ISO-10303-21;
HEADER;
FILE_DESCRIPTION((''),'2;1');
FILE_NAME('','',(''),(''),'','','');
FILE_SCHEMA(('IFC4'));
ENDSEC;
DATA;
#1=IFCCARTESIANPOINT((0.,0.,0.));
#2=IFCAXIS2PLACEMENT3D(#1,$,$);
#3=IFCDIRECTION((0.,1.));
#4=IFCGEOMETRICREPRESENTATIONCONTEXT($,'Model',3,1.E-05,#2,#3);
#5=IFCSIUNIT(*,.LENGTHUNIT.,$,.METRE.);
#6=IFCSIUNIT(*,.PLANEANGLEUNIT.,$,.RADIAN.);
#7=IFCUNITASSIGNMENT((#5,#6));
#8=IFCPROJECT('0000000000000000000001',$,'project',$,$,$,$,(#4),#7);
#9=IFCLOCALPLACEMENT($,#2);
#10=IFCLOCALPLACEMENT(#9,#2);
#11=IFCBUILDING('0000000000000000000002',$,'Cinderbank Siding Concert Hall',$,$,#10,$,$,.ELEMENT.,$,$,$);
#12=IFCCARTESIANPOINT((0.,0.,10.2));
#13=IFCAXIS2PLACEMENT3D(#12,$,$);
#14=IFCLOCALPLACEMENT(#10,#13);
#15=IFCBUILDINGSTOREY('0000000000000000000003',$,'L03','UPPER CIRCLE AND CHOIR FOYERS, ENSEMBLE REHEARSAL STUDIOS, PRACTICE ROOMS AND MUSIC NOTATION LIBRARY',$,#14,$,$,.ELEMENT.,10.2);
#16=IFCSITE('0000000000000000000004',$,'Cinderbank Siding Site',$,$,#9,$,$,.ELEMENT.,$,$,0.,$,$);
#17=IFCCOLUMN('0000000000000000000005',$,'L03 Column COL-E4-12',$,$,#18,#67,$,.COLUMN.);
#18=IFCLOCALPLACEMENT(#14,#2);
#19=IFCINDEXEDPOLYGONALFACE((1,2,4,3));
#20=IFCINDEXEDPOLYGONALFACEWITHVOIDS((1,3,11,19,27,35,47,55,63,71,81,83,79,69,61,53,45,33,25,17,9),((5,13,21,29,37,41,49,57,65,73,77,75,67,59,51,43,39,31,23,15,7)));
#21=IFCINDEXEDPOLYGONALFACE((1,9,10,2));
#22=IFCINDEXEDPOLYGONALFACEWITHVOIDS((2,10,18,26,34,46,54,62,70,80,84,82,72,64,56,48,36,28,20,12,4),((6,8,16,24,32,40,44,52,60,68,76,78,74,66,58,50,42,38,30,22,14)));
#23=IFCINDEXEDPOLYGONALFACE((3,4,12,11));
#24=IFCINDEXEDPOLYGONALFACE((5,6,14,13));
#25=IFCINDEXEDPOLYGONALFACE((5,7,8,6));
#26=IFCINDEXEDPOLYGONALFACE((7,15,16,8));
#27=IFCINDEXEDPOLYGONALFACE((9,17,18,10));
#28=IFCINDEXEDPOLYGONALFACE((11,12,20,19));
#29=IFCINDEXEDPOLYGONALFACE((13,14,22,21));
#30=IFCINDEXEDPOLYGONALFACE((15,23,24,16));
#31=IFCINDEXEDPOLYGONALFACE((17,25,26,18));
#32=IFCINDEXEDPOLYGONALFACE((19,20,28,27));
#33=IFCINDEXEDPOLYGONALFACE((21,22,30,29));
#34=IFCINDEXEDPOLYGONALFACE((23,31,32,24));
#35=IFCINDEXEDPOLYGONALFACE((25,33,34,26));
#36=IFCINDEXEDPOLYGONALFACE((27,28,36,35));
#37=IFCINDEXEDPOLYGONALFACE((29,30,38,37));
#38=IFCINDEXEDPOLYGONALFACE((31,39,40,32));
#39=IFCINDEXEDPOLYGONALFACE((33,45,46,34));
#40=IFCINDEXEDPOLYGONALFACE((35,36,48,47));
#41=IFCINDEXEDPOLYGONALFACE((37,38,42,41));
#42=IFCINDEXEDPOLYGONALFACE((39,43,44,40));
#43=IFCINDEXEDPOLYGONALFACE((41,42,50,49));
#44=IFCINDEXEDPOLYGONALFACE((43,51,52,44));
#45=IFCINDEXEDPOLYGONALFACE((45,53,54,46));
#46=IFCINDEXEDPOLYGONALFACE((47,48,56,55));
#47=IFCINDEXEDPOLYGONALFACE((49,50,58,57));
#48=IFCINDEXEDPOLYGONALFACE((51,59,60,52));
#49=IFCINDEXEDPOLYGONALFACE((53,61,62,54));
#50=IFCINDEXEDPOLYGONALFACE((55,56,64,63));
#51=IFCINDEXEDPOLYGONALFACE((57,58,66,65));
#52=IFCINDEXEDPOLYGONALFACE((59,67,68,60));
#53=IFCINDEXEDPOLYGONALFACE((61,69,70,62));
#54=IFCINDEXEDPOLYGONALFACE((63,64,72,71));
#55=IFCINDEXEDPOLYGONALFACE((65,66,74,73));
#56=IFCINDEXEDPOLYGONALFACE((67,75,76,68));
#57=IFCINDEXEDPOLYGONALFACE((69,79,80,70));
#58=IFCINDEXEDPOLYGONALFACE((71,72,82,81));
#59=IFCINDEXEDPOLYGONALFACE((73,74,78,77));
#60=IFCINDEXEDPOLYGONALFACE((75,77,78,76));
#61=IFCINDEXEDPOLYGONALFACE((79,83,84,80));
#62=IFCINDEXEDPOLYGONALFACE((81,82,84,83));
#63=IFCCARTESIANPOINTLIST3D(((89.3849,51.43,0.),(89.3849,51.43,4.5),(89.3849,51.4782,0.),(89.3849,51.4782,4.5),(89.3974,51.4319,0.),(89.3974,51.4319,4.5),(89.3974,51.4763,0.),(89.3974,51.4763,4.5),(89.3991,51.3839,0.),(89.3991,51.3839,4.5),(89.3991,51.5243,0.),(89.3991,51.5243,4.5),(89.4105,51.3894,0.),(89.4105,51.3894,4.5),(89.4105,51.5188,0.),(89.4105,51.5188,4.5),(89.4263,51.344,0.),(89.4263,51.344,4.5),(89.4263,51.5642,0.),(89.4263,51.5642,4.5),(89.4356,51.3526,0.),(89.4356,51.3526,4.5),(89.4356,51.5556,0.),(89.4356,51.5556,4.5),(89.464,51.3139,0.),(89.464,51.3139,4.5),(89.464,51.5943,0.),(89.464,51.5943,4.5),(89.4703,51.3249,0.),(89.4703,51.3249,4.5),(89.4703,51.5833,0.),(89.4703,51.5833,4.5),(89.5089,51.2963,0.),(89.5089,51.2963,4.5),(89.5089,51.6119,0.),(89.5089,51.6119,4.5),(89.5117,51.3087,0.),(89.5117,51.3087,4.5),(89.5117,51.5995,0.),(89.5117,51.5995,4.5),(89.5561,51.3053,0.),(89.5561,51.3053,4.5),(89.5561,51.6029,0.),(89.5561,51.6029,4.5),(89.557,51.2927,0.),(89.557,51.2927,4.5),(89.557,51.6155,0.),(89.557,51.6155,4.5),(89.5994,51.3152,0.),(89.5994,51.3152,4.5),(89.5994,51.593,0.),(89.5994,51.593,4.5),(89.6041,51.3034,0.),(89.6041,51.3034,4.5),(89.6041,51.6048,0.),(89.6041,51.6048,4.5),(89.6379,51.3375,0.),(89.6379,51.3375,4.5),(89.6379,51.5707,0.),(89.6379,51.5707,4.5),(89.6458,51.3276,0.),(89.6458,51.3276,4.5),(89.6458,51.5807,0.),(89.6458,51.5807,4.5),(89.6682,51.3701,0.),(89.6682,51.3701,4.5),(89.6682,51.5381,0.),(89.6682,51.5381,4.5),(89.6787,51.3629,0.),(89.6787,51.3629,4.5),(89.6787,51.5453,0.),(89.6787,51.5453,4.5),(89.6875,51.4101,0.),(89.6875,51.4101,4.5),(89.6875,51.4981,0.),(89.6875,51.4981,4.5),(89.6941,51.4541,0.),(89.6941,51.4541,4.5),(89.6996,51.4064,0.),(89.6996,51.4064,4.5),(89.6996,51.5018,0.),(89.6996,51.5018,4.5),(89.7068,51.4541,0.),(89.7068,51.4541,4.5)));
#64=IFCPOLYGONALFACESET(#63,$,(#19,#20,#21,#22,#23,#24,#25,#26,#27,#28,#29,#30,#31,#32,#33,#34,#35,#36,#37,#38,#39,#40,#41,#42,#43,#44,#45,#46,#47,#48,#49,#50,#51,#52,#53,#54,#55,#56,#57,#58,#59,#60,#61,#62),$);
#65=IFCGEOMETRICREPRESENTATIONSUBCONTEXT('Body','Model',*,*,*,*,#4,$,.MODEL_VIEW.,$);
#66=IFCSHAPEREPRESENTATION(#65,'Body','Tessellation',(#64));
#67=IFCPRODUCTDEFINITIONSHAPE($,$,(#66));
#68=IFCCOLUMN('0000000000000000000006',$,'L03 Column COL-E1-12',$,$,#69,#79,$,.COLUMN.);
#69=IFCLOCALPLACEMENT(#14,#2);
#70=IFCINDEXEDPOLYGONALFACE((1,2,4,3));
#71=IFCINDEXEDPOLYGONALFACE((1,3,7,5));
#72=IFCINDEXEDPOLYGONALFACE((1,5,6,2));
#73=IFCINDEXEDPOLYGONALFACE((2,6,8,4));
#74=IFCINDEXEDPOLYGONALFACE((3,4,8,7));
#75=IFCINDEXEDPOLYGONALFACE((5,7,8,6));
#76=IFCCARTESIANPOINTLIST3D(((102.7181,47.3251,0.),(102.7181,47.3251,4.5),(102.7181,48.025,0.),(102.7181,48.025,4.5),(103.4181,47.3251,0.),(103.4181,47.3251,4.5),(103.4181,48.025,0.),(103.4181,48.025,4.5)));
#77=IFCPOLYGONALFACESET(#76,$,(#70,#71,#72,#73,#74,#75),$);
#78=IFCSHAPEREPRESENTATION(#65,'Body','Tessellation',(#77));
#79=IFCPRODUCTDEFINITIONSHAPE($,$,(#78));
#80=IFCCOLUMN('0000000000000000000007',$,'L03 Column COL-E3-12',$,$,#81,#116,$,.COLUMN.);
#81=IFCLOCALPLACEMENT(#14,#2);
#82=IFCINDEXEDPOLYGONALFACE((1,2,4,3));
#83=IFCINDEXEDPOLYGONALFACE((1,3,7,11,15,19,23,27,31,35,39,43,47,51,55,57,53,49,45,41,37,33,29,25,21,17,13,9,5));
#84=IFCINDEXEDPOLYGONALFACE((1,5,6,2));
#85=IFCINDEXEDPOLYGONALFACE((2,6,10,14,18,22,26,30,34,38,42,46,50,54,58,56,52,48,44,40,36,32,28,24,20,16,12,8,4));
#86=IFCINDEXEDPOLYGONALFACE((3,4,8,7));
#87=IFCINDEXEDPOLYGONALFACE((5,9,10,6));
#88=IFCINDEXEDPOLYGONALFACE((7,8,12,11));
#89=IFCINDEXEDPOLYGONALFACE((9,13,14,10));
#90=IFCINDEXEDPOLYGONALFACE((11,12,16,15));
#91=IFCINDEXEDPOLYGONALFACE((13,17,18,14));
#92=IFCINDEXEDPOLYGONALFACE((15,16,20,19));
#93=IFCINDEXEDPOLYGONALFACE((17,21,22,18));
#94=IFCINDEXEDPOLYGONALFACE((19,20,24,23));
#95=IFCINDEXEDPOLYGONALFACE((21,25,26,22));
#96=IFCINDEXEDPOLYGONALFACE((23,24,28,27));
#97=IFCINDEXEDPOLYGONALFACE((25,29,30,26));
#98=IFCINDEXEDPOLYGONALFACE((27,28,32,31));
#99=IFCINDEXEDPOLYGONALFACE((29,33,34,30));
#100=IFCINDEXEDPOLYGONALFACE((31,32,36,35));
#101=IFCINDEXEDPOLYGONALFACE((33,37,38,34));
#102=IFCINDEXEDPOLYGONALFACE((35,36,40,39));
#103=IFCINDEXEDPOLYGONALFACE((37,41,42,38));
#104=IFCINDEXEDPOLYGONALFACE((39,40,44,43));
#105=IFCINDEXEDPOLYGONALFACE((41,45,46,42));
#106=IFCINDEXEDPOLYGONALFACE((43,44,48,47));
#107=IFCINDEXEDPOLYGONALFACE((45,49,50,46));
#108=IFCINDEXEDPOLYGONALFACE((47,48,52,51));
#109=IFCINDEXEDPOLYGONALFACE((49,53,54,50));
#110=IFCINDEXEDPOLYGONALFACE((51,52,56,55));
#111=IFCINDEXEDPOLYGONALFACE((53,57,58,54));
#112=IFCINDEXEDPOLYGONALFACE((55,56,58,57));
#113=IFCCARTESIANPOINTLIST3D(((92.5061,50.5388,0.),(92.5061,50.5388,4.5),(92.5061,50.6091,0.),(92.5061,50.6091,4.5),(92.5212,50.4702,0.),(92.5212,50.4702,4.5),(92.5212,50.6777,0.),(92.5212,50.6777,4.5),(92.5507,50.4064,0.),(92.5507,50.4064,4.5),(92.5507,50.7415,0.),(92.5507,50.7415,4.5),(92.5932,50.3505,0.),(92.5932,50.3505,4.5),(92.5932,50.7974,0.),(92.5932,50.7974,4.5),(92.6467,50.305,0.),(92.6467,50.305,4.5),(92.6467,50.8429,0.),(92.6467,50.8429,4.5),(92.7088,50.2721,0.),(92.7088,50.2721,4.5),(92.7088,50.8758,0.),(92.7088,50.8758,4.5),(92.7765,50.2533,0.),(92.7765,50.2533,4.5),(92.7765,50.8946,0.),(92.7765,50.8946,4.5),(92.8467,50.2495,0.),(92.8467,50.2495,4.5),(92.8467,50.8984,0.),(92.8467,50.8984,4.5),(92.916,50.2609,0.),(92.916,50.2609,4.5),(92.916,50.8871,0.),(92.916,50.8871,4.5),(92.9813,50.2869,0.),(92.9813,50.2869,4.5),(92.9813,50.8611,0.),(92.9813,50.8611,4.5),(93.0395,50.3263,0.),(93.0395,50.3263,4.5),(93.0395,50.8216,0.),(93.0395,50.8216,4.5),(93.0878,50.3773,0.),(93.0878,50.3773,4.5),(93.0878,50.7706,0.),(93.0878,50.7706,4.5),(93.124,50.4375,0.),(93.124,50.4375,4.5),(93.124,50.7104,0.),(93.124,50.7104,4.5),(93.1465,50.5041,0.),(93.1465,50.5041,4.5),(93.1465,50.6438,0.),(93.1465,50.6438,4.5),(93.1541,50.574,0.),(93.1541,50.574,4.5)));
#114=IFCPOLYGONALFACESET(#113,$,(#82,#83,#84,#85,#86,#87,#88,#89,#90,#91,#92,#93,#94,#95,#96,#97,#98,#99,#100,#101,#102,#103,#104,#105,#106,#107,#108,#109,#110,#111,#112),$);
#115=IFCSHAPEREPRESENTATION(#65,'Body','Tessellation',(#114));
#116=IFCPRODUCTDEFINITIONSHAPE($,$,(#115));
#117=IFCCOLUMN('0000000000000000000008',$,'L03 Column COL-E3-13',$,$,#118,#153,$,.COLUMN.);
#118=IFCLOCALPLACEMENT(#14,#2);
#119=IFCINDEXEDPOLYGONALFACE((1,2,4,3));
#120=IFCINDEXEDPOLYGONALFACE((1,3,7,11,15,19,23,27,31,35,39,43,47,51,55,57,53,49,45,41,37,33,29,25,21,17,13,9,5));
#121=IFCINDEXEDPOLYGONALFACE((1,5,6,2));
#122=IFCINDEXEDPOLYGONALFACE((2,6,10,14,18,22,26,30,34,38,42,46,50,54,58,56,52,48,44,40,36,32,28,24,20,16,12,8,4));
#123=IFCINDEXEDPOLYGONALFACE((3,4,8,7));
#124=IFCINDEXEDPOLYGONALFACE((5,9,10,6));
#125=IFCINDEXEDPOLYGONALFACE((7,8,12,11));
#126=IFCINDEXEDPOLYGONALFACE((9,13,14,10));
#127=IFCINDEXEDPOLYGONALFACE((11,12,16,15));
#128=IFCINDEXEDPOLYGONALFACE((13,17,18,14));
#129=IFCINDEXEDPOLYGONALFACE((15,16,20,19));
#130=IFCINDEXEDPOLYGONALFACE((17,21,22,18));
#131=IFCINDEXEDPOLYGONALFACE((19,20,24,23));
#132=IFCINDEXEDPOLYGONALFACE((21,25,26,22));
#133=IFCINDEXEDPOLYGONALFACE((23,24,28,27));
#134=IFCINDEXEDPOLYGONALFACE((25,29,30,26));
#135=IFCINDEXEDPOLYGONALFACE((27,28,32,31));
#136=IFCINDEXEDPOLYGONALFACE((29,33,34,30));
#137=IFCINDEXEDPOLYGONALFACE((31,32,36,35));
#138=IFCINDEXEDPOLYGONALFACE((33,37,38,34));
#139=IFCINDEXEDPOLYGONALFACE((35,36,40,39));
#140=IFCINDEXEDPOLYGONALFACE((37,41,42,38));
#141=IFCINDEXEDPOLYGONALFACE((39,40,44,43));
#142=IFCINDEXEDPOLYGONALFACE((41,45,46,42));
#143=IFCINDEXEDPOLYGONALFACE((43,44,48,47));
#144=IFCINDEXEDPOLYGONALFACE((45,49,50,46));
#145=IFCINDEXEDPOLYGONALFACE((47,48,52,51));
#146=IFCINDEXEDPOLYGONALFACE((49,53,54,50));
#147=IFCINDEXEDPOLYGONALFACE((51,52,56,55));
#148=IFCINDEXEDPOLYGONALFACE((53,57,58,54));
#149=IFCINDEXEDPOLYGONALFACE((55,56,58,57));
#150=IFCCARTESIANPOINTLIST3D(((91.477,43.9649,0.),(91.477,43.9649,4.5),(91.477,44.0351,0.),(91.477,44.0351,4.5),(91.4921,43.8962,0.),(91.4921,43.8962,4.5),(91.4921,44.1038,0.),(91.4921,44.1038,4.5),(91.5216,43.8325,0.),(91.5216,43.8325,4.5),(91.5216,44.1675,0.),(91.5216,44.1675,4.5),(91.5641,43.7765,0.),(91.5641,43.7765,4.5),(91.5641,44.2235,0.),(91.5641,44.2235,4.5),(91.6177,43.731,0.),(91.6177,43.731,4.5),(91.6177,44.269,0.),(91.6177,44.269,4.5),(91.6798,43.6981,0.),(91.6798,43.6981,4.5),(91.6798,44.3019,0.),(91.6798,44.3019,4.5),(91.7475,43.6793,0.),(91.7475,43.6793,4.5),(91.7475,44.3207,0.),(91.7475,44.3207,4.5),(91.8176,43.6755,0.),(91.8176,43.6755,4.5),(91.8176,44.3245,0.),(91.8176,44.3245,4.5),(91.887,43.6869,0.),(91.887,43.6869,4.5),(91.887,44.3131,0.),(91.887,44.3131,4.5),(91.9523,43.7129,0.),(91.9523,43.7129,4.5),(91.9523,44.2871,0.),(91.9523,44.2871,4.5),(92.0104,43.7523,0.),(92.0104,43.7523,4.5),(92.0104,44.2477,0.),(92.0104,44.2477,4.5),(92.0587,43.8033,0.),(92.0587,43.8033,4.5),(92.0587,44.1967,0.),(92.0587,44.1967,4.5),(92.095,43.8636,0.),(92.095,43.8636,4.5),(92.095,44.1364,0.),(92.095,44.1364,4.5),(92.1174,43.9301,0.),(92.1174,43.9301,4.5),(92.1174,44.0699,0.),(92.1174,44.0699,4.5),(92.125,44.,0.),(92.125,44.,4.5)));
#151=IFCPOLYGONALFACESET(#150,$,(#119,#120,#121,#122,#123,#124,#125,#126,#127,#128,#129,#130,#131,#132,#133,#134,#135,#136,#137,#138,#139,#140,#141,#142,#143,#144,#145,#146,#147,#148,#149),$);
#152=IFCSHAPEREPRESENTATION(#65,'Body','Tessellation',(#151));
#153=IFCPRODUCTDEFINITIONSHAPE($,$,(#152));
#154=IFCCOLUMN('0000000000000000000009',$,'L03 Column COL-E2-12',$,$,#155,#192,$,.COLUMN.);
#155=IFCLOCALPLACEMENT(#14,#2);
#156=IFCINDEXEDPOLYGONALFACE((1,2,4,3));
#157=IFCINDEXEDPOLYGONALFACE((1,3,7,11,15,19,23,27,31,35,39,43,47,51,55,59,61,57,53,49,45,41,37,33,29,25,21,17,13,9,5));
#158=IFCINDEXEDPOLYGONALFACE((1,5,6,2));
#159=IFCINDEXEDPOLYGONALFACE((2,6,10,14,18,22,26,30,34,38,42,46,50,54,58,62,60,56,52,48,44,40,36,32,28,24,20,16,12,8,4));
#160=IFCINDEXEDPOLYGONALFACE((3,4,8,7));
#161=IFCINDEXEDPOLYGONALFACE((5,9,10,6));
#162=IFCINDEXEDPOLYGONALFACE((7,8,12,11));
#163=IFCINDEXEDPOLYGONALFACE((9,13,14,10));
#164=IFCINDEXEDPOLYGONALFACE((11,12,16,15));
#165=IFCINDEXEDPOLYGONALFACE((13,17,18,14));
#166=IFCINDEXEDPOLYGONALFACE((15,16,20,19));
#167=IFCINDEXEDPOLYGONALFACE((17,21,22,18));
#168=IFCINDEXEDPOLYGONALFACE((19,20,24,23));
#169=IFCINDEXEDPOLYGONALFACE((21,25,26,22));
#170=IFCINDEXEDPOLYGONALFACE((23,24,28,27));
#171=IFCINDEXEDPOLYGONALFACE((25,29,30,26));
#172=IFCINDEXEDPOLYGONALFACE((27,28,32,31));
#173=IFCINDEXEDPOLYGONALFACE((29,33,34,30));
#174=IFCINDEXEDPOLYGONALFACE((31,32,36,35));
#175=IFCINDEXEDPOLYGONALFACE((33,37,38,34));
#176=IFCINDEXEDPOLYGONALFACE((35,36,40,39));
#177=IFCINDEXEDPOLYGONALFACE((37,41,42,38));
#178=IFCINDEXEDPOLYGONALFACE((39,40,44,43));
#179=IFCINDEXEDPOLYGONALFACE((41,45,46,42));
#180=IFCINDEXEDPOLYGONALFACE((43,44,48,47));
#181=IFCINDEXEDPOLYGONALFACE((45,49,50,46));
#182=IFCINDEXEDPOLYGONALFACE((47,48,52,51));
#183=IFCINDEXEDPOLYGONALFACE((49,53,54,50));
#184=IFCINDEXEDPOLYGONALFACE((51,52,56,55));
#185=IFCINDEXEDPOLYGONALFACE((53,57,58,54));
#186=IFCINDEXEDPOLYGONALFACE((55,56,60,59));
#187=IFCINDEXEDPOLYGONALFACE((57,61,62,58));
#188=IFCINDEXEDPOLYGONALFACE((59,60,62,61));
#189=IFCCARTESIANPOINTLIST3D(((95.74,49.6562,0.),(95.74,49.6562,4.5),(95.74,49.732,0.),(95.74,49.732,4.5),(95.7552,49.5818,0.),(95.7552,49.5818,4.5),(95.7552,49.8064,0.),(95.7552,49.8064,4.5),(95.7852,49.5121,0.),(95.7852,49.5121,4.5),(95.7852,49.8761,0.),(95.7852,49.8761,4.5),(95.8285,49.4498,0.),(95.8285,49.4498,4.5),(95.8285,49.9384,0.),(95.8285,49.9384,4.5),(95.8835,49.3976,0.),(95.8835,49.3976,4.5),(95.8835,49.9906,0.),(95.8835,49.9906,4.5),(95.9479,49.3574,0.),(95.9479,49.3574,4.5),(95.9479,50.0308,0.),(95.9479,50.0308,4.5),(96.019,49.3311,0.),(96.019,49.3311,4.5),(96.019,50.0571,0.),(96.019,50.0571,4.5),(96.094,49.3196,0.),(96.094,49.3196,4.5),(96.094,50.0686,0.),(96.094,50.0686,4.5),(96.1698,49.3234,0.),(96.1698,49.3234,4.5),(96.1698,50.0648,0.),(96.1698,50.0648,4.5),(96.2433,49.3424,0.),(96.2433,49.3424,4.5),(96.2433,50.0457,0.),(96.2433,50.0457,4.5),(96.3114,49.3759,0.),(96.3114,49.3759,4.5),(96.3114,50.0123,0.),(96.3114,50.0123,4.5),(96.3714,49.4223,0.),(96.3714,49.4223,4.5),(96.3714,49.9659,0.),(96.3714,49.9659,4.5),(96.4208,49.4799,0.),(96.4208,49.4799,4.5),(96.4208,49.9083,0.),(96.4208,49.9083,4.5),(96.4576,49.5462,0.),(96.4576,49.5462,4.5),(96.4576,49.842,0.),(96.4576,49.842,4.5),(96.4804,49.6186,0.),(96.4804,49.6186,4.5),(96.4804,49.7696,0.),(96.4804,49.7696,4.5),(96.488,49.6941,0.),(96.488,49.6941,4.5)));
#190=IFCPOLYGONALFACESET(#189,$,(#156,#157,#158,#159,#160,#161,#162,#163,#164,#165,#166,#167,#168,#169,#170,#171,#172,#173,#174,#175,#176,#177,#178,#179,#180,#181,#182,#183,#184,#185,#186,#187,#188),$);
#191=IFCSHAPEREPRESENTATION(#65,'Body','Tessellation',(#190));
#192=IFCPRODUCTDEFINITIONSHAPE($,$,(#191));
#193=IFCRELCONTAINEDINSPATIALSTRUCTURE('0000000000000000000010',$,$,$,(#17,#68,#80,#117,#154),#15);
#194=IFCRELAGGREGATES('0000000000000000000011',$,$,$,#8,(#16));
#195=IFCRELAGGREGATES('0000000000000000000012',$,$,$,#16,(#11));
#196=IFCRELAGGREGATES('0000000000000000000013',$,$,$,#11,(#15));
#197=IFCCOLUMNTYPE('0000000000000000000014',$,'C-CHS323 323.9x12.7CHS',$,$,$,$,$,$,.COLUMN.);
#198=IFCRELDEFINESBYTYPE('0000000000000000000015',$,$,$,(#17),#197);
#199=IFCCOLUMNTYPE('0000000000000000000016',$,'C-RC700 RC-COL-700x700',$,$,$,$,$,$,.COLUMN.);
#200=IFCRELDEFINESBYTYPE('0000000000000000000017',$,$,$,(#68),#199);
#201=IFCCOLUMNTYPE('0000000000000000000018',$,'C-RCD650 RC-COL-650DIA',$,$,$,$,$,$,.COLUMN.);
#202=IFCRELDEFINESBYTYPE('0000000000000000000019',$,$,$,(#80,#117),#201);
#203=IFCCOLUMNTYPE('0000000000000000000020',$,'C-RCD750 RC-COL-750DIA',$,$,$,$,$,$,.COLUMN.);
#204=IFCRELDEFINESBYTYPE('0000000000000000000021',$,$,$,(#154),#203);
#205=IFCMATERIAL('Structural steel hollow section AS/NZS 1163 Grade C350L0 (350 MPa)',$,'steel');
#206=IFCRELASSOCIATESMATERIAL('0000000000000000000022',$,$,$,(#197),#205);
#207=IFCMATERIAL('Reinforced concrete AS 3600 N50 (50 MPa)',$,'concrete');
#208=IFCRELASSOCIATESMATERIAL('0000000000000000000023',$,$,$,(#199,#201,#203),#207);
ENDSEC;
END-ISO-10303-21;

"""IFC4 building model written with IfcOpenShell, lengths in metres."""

from ifc_helpers import new_model, si_unit, direction, frame, origin, origin_2d, place, context, subcontext, project, spatial, rectangle, circle, hollow_circle, extrude, material, material_profile, profile_set, type_object, element, save


model = new_model("IFC4")

# Units and contexts
model_context = context("Model", 3, precision=1e-05, world=origin(), true_north=direction((0.0, 1.0)))
body_context = subcontext(model_context, "Body", "Model", "MODEL_VIEW")
ifc_project = project(units=[si_unit("LENGTHUNIT", "METRE"), si_unit("PLANEANGLEUNIT", "RADIAN")], contexts=[model_context])

# Site, building, storey
site_placement = place(None, origin())
site = spatial("IfcSite", under=ifc_project, at=site_placement, Name="Cinderbank Siding Site", CompositionType="ELEMENT", RefElevation=0.0)
building_placement = place(site_placement, origin())
building = spatial("IfcBuilding", under=site, at=building_placement, Name="Cinderbank Siding Concert Hall", CompositionType="ELEMENT")
storey_placement = place(building_placement, frame((0.0, 0.0, 10.2)))
storey = spatial("IfcBuildingStorey", under=building, at=storey_placement, Name="L03", Description="UPPER CIRCLE AND CHOIR FOYERS, ENSEMBLE REHEARSAL STUDIOS, PRACTICE ROOMS AND MUSIC NOTATION LIBRARY", CompositionType="ELEMENT", Elevation=10.2)

# Columns
ifc_material_1 = material(Name="Structural steel hollow section AS/NZS 1163 Grade C350L0 (350 MPa)", Category="steel")
ifc_material_profile_1 = material_profile(ifc_material_1, hollow_circle(Radius=0.1619, WallThickness=0.0127, at=origin_2d()), Name="323.9x12.7CHS", Category="LoadBearing")
ifc_profile_set_1 = profile_set([ifc_material_profile_1], Name="Structural steel hollow section AS/NZS 1163 Grade C350L0 (350 MPa)")
column_type_1 = type_object("IfcColumnType", Name="C-CHS323 323.9x12.7CHS", PredefinedType="COLUMN", material=ifc_profile_set_1)
column_1_placement = place(storey_placement, frame((89.5449, 51.4541, 0.0), z_axis=(0.0, 0.0, 1.0), x_axis=(1.0, 0.0, 0.0)))
element("IfcColumn", 1, at=column_1_placement, inside=storey, type_object=column_type_1, Name="L03 Column COL-E4-12", PredefinedType="COLUMN", context=body_context, shape_type="SweptSolid", body=[
    extrude(hollow_circle(Radius=0.1619, WallThickness=0.0127, at=origin_2d()), origin(), (0.0, 0.0, 1.0), 4.5),
])
ifc_material_2 = material(Name="Reinforced concrete AS 3600 N50 (50 MPa)", Category="concrete")
ifc_material_profile_2 = material_profile(ifc_material_2, rectangle(XDim=0.7, YDim=0.7, at=origin_2d()), Name="RC-COL-700x700", Category="LoadBearing")
ifc_profile_set_2 = profile_set([ifc_material_profile_2], Name="Reinforced concrete AS 3600 N50 (50 MPa)")
column_type_2 = type_object("IfcColumnType", Name="C-RC700 RC-COL-700x700", PredefinedType="COLUMN", material=ifc_profile_set_2)
column_2_placement = place(storey_placement, frame((103.0681, 47.675, 0.0), z_axis=(0.0, 0.0, 1.0), x_axis=(1.0, 0.0, 0.0)))
element("IfcColumn", 2, at=column_2_placement, inside=storey, type_object=column_type_2, Name="L03 Column COL-E1-12", PredefinedType="COLUMN", context=body_context, shape_type="SweptSolid", body=[
    extrude(rectangle(XDim=0.7, YDim=0.7, at=origin_2d()), origin(), (0.0, 0.0, 1.0), 4.5),
])
ifc_material_profile_3 = material_profile(ifc_material_2, circle(Radius=0.325, at=origin_2d()), Name="RC-COL-650DIA", Category="LoadBearing")
ifc_profile_set_3 = profile_set([ifc_material_profile_3], Name="Reinforced concrete AS 3600 N50 (50 MPa)")
column_type_3 = type_object("IfcColumnType", Name="C-RCD650 RC-COL-650DIA", PredefinedType="COLUMN", material=ifc_profile_set_3)
for number, where, z_axis, x_axis, name in (
    (3, (92.8291, 50.574, 0.0), (0.0, 0.0, 1.0), (1.0, 0.0, 0.0), "L03 Column COL-E3-12"),
    (4, (91.8, 44.0, 0.0), (0.0, 0.0, 1.0), (1.0, 0.0, 0.0), "L03 Column COL-E3-13"),
):
    element("IfcColumn", number, at=place(storey_placement, frame(where, z_axis=z_axis, x_axis=x_axis)), inside=storey, type_object=column_type_3, Name=name, PredefinedType="COLUMN", context=body_context, shape_type="SweptSolid", body=[
        extrude(circle(Radius=0.325, at=origin_2d()), origin(), (0.0, 0.0, 1.0), 4.5),
    ])
ifc_material_profile_4 = material_profile(ifc_material_2, circle(Radius=0.375, at=origin_2d()), Name="RC-COL-750DIA", Category="LoadBearing")
ifc_profile_set_4 = profile_set([ifc_material_profile_4], Name="Reinforced concrete AS 3600 N50 (50 MPa)")
column_type_4 = type_object("IfcColumnType", Name="C-RCD750 RC-COL-750DIA", PredefinedType="COLUMN", material=ifc_profile_set_4)
for number, where, z_axis, x_axis, name in (
    (5, (96.113, 49.6941, 0.0), (0.0, 0.0, 1.0), (1.0, 0.0, 0.0), "L03 Column COL-E2-12"),
):
    element("IfcColumn", number, at=place(storey_placement, frame(where, z_axis=z_axis, x_axis=x_axis)), inside=storey, type_object=column_type_4, Name=name, PredefinedType="COLUMN", context=body_context, shape_type="SweptSolid", body=[
        extrude(circle(Radius=0.375, at=origin_2d()), origin(), (0.0, 0.0, 1.0), 4.5),
    ])

save(model, "model.ifc")
